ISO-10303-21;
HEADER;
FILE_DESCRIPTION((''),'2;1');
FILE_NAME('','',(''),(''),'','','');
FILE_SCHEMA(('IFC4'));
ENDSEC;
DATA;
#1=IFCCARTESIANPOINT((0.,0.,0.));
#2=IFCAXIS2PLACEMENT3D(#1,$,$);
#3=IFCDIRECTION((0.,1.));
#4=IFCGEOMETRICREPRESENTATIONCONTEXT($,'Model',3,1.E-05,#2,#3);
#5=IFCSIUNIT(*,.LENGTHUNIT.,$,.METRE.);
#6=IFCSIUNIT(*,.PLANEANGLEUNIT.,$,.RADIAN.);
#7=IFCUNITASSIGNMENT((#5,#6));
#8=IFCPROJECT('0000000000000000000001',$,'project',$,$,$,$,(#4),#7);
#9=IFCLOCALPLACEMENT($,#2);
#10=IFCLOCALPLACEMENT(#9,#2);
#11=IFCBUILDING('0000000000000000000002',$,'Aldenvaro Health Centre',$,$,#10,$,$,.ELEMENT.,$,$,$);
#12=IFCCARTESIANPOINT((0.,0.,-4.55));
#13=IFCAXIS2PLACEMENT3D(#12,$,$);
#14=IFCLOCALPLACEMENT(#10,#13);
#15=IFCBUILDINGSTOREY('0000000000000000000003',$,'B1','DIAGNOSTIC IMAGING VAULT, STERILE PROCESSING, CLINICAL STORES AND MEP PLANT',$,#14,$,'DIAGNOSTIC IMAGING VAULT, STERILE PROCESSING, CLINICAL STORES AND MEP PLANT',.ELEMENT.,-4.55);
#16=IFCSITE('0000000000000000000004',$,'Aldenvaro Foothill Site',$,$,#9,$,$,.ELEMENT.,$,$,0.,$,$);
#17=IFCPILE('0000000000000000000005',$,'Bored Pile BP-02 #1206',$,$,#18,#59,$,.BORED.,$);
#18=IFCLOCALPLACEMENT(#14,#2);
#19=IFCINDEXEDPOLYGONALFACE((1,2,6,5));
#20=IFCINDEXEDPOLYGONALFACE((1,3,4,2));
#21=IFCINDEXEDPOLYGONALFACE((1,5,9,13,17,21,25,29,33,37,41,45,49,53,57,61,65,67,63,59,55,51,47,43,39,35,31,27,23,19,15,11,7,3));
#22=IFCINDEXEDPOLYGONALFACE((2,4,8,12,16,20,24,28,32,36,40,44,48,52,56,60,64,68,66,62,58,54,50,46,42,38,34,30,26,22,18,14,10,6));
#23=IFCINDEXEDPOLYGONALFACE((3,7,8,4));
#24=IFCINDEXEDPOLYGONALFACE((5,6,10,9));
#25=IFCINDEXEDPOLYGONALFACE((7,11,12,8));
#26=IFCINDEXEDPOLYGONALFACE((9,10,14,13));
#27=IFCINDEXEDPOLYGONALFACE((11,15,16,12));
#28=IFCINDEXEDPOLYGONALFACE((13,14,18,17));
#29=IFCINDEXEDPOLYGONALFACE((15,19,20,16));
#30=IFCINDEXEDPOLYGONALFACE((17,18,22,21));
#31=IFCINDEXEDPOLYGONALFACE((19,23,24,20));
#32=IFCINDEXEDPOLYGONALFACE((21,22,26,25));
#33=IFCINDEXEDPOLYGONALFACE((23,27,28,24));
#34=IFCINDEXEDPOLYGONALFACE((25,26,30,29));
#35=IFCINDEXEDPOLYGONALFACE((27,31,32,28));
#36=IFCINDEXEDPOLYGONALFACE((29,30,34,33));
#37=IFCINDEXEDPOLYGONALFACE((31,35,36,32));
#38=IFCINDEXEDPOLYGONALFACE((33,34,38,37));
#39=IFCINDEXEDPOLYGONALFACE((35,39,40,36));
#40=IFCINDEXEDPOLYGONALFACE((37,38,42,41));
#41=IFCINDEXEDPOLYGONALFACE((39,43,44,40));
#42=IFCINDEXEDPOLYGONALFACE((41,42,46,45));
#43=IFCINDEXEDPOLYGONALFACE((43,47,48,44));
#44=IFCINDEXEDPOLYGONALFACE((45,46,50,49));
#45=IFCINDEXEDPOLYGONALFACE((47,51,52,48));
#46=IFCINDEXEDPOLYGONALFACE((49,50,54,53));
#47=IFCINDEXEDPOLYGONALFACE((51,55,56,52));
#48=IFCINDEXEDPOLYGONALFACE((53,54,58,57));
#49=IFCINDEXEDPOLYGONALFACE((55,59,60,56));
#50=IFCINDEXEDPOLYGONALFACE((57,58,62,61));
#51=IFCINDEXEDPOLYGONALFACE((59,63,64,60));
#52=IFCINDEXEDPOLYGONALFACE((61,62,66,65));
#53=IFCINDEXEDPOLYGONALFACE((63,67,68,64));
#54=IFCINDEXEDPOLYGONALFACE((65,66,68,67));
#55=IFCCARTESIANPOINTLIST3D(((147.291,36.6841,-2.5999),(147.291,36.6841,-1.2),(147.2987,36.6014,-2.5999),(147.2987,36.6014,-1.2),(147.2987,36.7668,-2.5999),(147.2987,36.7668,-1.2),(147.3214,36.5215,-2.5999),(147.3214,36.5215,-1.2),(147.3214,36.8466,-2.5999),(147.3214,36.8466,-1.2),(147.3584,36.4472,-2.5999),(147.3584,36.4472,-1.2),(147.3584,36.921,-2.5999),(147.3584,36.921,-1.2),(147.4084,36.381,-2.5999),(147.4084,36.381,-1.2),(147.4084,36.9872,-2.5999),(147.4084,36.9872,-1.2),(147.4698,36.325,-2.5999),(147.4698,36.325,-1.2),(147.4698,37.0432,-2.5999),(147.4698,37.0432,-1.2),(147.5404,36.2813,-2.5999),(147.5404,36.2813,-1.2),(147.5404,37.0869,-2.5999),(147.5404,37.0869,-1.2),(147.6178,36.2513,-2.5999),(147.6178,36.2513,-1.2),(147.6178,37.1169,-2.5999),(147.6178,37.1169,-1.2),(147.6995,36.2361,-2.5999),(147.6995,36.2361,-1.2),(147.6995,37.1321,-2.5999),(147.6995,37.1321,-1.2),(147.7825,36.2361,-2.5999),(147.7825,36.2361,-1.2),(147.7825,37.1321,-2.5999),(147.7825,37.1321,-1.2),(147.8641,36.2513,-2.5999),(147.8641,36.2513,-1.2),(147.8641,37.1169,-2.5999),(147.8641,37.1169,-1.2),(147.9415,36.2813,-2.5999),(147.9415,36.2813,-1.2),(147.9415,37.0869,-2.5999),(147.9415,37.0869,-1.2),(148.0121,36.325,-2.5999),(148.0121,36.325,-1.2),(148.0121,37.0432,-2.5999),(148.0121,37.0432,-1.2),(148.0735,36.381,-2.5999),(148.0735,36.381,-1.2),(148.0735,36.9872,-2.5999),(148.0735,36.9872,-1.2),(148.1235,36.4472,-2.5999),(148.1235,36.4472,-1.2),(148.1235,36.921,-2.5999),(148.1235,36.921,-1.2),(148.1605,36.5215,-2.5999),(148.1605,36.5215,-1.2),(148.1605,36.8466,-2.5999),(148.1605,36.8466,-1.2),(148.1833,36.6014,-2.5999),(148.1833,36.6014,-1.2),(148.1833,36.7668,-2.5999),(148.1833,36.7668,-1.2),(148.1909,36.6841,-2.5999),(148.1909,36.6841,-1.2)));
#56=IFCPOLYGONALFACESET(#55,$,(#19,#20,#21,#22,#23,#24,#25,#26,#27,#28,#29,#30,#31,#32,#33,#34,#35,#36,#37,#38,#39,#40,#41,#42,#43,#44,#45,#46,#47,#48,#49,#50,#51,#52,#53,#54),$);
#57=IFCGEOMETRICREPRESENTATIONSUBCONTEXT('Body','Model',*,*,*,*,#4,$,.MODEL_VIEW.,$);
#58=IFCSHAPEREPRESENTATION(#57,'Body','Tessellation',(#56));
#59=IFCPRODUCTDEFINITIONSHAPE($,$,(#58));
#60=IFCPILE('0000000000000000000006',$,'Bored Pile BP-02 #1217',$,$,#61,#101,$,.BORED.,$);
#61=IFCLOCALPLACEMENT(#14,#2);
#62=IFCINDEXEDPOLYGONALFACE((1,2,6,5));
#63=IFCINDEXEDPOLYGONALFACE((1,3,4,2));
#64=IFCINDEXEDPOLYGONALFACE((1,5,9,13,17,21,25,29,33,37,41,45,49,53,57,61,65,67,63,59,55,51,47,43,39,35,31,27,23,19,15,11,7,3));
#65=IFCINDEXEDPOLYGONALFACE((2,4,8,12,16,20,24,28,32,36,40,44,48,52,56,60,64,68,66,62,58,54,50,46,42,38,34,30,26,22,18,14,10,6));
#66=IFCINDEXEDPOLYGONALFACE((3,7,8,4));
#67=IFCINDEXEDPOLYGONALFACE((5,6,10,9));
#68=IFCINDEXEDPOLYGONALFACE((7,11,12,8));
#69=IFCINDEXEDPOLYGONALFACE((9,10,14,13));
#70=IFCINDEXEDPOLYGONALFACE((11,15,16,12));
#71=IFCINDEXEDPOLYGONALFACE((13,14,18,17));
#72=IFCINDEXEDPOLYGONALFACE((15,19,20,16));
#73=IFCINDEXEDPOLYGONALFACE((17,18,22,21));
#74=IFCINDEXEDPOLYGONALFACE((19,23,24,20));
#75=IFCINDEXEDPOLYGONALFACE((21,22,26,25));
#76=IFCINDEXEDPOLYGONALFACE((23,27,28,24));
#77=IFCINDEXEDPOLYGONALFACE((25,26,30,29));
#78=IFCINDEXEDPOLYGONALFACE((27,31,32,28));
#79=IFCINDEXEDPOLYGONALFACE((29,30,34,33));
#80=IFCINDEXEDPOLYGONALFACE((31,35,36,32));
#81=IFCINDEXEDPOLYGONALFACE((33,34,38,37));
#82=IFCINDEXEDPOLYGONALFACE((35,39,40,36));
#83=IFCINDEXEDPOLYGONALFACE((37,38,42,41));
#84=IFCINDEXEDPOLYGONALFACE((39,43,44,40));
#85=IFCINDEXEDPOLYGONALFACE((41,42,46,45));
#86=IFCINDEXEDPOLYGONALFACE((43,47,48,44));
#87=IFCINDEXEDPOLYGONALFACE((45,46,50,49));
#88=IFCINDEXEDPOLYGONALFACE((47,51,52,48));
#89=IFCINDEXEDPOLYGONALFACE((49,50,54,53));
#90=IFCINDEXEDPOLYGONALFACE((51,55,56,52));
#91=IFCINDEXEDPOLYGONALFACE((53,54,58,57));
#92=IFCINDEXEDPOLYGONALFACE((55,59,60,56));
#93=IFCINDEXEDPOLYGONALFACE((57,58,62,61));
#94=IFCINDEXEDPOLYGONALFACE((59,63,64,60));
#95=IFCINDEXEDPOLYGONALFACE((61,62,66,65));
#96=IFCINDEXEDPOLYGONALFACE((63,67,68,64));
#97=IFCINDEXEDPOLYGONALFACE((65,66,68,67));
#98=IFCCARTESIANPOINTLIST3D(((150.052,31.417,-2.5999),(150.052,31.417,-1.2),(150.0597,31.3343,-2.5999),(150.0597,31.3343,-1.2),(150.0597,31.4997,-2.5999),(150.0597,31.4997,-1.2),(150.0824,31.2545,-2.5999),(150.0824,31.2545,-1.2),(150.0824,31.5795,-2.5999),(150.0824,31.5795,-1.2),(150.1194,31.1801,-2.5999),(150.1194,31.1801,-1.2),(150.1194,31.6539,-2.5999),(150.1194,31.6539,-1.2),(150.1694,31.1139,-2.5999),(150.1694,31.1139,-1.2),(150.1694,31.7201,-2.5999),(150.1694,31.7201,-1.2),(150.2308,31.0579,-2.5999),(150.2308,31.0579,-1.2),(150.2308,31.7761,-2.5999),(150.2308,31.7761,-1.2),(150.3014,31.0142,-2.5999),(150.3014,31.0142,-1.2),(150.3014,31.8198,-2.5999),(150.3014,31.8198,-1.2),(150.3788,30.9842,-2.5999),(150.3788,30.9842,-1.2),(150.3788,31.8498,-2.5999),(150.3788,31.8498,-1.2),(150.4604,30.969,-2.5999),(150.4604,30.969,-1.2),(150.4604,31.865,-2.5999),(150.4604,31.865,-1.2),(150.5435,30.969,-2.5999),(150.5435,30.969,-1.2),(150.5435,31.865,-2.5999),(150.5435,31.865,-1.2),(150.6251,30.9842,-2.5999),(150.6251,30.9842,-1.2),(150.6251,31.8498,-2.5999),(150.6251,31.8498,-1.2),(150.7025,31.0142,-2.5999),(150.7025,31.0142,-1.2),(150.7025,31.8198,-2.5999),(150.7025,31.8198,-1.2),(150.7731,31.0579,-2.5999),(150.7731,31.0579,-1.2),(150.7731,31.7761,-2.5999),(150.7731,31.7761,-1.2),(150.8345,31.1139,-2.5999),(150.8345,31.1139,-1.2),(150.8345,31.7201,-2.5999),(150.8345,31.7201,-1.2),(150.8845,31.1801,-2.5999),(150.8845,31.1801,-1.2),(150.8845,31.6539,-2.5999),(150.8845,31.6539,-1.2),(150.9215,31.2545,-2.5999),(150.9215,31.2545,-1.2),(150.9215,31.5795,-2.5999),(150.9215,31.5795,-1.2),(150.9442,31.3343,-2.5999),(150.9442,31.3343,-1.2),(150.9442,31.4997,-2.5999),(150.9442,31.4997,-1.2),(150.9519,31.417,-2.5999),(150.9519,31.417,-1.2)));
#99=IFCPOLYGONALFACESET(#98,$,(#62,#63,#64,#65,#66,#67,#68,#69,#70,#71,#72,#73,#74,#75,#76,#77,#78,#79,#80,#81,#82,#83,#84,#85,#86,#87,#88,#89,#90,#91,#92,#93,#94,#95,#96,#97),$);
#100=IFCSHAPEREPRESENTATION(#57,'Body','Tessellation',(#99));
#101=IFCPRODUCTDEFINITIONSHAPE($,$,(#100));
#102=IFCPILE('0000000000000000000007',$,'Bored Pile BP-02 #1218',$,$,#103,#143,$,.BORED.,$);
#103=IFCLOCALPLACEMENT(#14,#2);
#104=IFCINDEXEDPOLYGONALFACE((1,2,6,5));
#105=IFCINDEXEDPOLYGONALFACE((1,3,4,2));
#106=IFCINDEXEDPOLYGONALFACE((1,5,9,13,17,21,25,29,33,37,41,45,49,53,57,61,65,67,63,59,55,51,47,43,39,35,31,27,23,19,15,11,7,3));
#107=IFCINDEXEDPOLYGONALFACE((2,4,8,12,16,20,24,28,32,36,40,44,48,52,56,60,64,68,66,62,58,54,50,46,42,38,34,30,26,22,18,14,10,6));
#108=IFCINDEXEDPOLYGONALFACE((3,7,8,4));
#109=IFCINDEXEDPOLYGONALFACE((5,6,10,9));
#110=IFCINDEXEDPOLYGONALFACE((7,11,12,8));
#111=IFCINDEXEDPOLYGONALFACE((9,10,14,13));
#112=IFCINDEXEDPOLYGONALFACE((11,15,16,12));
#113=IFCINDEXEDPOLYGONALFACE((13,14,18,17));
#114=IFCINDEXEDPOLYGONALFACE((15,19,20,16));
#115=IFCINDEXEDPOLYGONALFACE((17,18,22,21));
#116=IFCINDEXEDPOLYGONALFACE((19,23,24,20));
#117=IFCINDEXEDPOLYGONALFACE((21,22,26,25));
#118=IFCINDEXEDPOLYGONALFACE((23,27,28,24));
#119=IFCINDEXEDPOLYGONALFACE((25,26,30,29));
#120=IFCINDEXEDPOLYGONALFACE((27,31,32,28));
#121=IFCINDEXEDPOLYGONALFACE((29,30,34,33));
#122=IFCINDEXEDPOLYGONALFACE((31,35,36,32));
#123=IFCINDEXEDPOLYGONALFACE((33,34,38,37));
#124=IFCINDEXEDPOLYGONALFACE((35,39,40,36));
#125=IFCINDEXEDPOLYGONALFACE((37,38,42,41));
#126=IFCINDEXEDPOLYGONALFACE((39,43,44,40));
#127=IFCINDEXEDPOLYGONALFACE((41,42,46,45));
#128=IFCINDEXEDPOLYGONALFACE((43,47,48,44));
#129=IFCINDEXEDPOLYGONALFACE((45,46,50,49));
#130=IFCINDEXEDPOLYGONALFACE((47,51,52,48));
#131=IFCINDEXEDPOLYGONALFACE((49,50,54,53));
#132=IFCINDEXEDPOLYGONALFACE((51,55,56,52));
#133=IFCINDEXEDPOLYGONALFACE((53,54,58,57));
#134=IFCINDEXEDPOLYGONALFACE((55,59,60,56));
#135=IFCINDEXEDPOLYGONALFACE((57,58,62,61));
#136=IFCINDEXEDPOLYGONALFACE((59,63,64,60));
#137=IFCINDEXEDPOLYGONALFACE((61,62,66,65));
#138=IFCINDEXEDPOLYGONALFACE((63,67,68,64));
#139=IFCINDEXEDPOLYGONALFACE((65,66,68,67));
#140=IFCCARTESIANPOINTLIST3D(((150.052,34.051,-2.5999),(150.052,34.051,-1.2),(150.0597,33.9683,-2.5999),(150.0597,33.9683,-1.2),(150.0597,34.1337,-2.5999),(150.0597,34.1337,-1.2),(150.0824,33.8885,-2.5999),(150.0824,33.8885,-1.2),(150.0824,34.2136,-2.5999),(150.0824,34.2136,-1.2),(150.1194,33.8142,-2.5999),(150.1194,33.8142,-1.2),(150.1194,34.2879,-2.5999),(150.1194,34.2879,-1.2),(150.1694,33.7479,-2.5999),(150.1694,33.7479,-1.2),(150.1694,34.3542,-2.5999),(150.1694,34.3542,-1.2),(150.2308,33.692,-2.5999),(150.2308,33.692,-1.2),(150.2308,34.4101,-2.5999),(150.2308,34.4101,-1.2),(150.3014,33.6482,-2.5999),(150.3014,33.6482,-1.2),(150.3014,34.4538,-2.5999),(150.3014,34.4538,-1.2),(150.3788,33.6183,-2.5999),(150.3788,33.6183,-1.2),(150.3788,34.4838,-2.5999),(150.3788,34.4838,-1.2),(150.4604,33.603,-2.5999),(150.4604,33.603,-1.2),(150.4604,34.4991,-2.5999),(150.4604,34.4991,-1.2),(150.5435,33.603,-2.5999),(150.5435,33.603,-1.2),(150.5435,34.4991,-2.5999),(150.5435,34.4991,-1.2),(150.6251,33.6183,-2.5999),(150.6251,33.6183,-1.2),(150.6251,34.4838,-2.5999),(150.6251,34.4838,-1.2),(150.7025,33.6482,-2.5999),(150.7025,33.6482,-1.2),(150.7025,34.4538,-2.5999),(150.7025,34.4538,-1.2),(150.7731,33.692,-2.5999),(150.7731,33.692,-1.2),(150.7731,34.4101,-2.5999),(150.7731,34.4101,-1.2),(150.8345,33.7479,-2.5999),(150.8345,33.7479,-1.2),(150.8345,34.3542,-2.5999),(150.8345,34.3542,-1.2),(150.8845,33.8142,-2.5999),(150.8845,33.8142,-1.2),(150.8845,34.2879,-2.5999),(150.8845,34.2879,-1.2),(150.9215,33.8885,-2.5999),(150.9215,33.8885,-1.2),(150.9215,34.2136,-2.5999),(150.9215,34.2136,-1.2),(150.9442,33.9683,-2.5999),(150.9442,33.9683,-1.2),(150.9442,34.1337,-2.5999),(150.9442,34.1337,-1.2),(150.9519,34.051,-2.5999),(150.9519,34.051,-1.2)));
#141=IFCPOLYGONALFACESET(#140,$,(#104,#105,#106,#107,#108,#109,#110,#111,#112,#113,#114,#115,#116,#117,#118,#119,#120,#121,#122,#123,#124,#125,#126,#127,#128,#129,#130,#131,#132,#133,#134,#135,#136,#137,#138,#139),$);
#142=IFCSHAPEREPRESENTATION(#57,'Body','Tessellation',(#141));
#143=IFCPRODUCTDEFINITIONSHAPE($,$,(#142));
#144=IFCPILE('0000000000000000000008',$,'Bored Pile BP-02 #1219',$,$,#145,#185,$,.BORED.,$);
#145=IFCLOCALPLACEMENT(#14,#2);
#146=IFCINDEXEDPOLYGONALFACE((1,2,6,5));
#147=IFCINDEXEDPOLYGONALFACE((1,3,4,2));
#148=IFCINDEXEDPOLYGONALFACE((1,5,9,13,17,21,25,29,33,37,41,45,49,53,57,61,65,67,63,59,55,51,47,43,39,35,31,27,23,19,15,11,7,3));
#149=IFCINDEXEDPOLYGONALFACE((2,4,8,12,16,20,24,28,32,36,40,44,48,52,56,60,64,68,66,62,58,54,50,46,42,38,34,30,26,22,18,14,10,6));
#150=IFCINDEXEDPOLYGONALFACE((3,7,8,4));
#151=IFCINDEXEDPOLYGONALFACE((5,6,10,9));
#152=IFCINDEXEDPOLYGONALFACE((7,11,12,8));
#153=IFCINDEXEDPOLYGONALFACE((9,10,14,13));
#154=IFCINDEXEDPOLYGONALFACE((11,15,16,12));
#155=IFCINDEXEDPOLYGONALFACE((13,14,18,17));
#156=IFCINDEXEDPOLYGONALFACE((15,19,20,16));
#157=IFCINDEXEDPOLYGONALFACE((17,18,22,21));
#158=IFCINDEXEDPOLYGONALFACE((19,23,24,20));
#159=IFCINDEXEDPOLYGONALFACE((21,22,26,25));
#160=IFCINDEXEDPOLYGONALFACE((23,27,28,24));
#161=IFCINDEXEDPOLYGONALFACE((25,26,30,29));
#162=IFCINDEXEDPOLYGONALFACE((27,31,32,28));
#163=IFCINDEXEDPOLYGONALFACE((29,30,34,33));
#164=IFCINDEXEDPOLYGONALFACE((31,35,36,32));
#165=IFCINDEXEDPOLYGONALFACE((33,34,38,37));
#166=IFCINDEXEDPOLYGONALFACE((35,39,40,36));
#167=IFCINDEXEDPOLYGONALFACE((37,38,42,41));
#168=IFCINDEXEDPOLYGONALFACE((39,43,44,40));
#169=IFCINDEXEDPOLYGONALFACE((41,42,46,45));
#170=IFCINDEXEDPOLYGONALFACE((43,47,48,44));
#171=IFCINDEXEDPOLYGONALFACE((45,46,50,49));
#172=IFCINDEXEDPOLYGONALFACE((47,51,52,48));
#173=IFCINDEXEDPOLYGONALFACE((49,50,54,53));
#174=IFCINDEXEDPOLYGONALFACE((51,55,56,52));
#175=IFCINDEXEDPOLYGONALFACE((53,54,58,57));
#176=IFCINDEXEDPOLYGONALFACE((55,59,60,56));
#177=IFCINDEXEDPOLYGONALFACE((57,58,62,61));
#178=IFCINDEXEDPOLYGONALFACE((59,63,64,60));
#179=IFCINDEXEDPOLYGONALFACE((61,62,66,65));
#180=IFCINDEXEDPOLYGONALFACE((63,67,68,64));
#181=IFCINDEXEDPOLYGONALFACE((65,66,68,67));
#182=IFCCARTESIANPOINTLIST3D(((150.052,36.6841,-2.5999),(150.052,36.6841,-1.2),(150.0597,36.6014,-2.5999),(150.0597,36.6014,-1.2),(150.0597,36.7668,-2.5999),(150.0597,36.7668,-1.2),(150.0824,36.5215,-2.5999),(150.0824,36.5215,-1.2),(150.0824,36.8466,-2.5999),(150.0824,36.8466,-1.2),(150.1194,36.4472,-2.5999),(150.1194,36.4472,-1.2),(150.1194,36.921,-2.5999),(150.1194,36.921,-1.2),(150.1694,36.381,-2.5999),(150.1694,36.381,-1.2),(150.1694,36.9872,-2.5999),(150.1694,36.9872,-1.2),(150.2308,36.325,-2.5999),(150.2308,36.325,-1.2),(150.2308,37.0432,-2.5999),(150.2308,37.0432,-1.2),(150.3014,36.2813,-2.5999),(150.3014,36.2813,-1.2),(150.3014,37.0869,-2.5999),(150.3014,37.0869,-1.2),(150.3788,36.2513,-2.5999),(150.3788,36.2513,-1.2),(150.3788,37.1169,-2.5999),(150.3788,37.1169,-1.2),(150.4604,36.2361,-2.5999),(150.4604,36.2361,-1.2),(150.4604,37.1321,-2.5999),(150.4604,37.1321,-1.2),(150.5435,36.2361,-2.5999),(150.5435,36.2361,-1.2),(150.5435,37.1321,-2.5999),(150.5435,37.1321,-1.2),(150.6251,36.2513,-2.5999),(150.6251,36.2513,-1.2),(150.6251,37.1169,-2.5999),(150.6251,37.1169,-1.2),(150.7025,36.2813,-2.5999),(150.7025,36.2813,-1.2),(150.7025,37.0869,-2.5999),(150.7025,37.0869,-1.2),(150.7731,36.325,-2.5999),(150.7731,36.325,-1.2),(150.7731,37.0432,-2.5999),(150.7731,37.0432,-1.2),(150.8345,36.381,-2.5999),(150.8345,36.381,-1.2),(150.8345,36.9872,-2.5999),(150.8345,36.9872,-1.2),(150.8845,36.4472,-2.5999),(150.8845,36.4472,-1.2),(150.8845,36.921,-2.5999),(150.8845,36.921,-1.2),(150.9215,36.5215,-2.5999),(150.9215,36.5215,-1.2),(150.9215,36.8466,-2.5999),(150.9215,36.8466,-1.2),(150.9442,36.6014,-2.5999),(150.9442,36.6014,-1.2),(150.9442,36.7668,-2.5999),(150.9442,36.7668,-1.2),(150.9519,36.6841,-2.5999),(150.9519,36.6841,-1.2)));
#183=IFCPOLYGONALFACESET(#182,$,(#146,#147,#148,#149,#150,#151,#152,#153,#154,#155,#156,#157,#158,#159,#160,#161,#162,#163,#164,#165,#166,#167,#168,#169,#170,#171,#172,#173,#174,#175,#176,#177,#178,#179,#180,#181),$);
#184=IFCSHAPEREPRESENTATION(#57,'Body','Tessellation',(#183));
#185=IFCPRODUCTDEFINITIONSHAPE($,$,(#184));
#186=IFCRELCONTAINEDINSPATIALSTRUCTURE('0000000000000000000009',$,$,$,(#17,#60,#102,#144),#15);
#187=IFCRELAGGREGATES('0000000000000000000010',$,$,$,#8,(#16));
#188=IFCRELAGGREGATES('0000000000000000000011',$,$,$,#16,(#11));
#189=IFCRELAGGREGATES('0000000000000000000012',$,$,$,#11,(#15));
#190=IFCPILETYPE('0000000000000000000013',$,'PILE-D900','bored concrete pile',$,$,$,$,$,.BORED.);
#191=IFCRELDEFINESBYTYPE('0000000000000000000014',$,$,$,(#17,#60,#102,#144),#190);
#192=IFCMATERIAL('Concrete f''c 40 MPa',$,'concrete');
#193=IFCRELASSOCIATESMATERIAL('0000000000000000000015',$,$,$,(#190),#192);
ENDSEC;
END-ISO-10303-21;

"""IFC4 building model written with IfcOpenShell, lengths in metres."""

from ifc_helpers import new_model, si_unit, direction, frame, origin, origin_2d, place, context, subcontext, project, spatial, circle, extrude, material, material_profile, profile_set, type_object, element, save


model = new_model("IFC4")

# Units and contexts
model_context = context("Model", 3, precision=1e-05, world=origin(), true_north=direction((0.0, 1.0)))
body_context = subcontext(model_context, "Body", "Model", "MODEL_VIEW")
ifc_project = project(units=[si_unit("LENGTHUNIT", "METRE"), si_unit("PLANEANGLEUNIT", "RADIAN")], contexts=[model_context])

# Site, building, storey
site_placement = place(None, origin())
site = spatial("IfcSite", under=ifc_project, at=site_placement, Name="Aldenvaro Foothill Site", CompositionType="ELEMENT", RefElevation=0.0)
building_placement = place(site_placement, origin())
building = spatial("IfcBuilding", under=site, at=building_placement, Name="Aldenvaro Health Centre", CompositionType="ELEMENT")
storey_placement = place(building_placement, frame((0.0, 0.0, -4.55)))
storey = spatial("IfcBuildingStorey", under=building, at=storey_placement, Name="B1", Description="DIAGNOSTIC IMAGING VAULT, STERILE PROCESSING, CLINICAL STORES AND MEP PLANT", LongName="DIAGNOSTIC IMAGING VAULT, STERILE PROCESSING, CLINICAL STORES AND MEP PLANT", CompositionType="ELEMENT", Elevation=-4.55)

# Shared definitions
ifc_material_1 = material(Name="Concrete f'c 40 MPa", Category="concrete")

# Piles
ifc_material_profile_1 = material_profile(ifc_material_1, circle(Radius=0.45, at=origin_2d()), Name="PILE D900", Category="concrete")
ifc_profile_set_1 = profile_set([ifc_material_profile_1], Name="Concrete f'c 40 MPa")
pile_type_1 = type_object("IfcPileType", Name="PILE-D900", Description="bored concrete pile", PredefinedType="BORED", material=ifc_profile_set_1)
for number, where, z_axis, x_axis, name in (
    (1, (147.741, 36.6841, -1.2), (0.0, 0.0, -1.0), (1.0, 0.0, 0.0), "Bored Pile BP-02 #1206"),
    (2, (150.502, 31.417, -1.2), (0.0, 0.0, -1.0), (1.0, 0.0, 0.0), "Bored Pile BP-02 #1217"),
    (3, (150.502, 34.051, -1.2), (0.0, 0.0, -1.0), (1.0, 0.0, 0.0), "Bored Pile BP-02 #1218"),
    (4, (150.502, 36.6841, -1.2), (0.0, 0.0, -1.0), (1.0, 0.0, 0.0), "Bored Pile BP-02 #1219"),
):
    element("IfcPile", number, at=place(storey_placement, frame(where, z_axis=z_axis, x_axis=x_axis)), inside=storey, type_object=pile_type_1, Name=name, PredefinedType="BORED", context=body_context, shape_type="SweptSolid", body=[
        extrude(circle(Radius=0.45, at=origin_2d()), origin(), (0.0, 0.0, 1.0), 1.3999),
    ])

save(model, "model.ifc")
